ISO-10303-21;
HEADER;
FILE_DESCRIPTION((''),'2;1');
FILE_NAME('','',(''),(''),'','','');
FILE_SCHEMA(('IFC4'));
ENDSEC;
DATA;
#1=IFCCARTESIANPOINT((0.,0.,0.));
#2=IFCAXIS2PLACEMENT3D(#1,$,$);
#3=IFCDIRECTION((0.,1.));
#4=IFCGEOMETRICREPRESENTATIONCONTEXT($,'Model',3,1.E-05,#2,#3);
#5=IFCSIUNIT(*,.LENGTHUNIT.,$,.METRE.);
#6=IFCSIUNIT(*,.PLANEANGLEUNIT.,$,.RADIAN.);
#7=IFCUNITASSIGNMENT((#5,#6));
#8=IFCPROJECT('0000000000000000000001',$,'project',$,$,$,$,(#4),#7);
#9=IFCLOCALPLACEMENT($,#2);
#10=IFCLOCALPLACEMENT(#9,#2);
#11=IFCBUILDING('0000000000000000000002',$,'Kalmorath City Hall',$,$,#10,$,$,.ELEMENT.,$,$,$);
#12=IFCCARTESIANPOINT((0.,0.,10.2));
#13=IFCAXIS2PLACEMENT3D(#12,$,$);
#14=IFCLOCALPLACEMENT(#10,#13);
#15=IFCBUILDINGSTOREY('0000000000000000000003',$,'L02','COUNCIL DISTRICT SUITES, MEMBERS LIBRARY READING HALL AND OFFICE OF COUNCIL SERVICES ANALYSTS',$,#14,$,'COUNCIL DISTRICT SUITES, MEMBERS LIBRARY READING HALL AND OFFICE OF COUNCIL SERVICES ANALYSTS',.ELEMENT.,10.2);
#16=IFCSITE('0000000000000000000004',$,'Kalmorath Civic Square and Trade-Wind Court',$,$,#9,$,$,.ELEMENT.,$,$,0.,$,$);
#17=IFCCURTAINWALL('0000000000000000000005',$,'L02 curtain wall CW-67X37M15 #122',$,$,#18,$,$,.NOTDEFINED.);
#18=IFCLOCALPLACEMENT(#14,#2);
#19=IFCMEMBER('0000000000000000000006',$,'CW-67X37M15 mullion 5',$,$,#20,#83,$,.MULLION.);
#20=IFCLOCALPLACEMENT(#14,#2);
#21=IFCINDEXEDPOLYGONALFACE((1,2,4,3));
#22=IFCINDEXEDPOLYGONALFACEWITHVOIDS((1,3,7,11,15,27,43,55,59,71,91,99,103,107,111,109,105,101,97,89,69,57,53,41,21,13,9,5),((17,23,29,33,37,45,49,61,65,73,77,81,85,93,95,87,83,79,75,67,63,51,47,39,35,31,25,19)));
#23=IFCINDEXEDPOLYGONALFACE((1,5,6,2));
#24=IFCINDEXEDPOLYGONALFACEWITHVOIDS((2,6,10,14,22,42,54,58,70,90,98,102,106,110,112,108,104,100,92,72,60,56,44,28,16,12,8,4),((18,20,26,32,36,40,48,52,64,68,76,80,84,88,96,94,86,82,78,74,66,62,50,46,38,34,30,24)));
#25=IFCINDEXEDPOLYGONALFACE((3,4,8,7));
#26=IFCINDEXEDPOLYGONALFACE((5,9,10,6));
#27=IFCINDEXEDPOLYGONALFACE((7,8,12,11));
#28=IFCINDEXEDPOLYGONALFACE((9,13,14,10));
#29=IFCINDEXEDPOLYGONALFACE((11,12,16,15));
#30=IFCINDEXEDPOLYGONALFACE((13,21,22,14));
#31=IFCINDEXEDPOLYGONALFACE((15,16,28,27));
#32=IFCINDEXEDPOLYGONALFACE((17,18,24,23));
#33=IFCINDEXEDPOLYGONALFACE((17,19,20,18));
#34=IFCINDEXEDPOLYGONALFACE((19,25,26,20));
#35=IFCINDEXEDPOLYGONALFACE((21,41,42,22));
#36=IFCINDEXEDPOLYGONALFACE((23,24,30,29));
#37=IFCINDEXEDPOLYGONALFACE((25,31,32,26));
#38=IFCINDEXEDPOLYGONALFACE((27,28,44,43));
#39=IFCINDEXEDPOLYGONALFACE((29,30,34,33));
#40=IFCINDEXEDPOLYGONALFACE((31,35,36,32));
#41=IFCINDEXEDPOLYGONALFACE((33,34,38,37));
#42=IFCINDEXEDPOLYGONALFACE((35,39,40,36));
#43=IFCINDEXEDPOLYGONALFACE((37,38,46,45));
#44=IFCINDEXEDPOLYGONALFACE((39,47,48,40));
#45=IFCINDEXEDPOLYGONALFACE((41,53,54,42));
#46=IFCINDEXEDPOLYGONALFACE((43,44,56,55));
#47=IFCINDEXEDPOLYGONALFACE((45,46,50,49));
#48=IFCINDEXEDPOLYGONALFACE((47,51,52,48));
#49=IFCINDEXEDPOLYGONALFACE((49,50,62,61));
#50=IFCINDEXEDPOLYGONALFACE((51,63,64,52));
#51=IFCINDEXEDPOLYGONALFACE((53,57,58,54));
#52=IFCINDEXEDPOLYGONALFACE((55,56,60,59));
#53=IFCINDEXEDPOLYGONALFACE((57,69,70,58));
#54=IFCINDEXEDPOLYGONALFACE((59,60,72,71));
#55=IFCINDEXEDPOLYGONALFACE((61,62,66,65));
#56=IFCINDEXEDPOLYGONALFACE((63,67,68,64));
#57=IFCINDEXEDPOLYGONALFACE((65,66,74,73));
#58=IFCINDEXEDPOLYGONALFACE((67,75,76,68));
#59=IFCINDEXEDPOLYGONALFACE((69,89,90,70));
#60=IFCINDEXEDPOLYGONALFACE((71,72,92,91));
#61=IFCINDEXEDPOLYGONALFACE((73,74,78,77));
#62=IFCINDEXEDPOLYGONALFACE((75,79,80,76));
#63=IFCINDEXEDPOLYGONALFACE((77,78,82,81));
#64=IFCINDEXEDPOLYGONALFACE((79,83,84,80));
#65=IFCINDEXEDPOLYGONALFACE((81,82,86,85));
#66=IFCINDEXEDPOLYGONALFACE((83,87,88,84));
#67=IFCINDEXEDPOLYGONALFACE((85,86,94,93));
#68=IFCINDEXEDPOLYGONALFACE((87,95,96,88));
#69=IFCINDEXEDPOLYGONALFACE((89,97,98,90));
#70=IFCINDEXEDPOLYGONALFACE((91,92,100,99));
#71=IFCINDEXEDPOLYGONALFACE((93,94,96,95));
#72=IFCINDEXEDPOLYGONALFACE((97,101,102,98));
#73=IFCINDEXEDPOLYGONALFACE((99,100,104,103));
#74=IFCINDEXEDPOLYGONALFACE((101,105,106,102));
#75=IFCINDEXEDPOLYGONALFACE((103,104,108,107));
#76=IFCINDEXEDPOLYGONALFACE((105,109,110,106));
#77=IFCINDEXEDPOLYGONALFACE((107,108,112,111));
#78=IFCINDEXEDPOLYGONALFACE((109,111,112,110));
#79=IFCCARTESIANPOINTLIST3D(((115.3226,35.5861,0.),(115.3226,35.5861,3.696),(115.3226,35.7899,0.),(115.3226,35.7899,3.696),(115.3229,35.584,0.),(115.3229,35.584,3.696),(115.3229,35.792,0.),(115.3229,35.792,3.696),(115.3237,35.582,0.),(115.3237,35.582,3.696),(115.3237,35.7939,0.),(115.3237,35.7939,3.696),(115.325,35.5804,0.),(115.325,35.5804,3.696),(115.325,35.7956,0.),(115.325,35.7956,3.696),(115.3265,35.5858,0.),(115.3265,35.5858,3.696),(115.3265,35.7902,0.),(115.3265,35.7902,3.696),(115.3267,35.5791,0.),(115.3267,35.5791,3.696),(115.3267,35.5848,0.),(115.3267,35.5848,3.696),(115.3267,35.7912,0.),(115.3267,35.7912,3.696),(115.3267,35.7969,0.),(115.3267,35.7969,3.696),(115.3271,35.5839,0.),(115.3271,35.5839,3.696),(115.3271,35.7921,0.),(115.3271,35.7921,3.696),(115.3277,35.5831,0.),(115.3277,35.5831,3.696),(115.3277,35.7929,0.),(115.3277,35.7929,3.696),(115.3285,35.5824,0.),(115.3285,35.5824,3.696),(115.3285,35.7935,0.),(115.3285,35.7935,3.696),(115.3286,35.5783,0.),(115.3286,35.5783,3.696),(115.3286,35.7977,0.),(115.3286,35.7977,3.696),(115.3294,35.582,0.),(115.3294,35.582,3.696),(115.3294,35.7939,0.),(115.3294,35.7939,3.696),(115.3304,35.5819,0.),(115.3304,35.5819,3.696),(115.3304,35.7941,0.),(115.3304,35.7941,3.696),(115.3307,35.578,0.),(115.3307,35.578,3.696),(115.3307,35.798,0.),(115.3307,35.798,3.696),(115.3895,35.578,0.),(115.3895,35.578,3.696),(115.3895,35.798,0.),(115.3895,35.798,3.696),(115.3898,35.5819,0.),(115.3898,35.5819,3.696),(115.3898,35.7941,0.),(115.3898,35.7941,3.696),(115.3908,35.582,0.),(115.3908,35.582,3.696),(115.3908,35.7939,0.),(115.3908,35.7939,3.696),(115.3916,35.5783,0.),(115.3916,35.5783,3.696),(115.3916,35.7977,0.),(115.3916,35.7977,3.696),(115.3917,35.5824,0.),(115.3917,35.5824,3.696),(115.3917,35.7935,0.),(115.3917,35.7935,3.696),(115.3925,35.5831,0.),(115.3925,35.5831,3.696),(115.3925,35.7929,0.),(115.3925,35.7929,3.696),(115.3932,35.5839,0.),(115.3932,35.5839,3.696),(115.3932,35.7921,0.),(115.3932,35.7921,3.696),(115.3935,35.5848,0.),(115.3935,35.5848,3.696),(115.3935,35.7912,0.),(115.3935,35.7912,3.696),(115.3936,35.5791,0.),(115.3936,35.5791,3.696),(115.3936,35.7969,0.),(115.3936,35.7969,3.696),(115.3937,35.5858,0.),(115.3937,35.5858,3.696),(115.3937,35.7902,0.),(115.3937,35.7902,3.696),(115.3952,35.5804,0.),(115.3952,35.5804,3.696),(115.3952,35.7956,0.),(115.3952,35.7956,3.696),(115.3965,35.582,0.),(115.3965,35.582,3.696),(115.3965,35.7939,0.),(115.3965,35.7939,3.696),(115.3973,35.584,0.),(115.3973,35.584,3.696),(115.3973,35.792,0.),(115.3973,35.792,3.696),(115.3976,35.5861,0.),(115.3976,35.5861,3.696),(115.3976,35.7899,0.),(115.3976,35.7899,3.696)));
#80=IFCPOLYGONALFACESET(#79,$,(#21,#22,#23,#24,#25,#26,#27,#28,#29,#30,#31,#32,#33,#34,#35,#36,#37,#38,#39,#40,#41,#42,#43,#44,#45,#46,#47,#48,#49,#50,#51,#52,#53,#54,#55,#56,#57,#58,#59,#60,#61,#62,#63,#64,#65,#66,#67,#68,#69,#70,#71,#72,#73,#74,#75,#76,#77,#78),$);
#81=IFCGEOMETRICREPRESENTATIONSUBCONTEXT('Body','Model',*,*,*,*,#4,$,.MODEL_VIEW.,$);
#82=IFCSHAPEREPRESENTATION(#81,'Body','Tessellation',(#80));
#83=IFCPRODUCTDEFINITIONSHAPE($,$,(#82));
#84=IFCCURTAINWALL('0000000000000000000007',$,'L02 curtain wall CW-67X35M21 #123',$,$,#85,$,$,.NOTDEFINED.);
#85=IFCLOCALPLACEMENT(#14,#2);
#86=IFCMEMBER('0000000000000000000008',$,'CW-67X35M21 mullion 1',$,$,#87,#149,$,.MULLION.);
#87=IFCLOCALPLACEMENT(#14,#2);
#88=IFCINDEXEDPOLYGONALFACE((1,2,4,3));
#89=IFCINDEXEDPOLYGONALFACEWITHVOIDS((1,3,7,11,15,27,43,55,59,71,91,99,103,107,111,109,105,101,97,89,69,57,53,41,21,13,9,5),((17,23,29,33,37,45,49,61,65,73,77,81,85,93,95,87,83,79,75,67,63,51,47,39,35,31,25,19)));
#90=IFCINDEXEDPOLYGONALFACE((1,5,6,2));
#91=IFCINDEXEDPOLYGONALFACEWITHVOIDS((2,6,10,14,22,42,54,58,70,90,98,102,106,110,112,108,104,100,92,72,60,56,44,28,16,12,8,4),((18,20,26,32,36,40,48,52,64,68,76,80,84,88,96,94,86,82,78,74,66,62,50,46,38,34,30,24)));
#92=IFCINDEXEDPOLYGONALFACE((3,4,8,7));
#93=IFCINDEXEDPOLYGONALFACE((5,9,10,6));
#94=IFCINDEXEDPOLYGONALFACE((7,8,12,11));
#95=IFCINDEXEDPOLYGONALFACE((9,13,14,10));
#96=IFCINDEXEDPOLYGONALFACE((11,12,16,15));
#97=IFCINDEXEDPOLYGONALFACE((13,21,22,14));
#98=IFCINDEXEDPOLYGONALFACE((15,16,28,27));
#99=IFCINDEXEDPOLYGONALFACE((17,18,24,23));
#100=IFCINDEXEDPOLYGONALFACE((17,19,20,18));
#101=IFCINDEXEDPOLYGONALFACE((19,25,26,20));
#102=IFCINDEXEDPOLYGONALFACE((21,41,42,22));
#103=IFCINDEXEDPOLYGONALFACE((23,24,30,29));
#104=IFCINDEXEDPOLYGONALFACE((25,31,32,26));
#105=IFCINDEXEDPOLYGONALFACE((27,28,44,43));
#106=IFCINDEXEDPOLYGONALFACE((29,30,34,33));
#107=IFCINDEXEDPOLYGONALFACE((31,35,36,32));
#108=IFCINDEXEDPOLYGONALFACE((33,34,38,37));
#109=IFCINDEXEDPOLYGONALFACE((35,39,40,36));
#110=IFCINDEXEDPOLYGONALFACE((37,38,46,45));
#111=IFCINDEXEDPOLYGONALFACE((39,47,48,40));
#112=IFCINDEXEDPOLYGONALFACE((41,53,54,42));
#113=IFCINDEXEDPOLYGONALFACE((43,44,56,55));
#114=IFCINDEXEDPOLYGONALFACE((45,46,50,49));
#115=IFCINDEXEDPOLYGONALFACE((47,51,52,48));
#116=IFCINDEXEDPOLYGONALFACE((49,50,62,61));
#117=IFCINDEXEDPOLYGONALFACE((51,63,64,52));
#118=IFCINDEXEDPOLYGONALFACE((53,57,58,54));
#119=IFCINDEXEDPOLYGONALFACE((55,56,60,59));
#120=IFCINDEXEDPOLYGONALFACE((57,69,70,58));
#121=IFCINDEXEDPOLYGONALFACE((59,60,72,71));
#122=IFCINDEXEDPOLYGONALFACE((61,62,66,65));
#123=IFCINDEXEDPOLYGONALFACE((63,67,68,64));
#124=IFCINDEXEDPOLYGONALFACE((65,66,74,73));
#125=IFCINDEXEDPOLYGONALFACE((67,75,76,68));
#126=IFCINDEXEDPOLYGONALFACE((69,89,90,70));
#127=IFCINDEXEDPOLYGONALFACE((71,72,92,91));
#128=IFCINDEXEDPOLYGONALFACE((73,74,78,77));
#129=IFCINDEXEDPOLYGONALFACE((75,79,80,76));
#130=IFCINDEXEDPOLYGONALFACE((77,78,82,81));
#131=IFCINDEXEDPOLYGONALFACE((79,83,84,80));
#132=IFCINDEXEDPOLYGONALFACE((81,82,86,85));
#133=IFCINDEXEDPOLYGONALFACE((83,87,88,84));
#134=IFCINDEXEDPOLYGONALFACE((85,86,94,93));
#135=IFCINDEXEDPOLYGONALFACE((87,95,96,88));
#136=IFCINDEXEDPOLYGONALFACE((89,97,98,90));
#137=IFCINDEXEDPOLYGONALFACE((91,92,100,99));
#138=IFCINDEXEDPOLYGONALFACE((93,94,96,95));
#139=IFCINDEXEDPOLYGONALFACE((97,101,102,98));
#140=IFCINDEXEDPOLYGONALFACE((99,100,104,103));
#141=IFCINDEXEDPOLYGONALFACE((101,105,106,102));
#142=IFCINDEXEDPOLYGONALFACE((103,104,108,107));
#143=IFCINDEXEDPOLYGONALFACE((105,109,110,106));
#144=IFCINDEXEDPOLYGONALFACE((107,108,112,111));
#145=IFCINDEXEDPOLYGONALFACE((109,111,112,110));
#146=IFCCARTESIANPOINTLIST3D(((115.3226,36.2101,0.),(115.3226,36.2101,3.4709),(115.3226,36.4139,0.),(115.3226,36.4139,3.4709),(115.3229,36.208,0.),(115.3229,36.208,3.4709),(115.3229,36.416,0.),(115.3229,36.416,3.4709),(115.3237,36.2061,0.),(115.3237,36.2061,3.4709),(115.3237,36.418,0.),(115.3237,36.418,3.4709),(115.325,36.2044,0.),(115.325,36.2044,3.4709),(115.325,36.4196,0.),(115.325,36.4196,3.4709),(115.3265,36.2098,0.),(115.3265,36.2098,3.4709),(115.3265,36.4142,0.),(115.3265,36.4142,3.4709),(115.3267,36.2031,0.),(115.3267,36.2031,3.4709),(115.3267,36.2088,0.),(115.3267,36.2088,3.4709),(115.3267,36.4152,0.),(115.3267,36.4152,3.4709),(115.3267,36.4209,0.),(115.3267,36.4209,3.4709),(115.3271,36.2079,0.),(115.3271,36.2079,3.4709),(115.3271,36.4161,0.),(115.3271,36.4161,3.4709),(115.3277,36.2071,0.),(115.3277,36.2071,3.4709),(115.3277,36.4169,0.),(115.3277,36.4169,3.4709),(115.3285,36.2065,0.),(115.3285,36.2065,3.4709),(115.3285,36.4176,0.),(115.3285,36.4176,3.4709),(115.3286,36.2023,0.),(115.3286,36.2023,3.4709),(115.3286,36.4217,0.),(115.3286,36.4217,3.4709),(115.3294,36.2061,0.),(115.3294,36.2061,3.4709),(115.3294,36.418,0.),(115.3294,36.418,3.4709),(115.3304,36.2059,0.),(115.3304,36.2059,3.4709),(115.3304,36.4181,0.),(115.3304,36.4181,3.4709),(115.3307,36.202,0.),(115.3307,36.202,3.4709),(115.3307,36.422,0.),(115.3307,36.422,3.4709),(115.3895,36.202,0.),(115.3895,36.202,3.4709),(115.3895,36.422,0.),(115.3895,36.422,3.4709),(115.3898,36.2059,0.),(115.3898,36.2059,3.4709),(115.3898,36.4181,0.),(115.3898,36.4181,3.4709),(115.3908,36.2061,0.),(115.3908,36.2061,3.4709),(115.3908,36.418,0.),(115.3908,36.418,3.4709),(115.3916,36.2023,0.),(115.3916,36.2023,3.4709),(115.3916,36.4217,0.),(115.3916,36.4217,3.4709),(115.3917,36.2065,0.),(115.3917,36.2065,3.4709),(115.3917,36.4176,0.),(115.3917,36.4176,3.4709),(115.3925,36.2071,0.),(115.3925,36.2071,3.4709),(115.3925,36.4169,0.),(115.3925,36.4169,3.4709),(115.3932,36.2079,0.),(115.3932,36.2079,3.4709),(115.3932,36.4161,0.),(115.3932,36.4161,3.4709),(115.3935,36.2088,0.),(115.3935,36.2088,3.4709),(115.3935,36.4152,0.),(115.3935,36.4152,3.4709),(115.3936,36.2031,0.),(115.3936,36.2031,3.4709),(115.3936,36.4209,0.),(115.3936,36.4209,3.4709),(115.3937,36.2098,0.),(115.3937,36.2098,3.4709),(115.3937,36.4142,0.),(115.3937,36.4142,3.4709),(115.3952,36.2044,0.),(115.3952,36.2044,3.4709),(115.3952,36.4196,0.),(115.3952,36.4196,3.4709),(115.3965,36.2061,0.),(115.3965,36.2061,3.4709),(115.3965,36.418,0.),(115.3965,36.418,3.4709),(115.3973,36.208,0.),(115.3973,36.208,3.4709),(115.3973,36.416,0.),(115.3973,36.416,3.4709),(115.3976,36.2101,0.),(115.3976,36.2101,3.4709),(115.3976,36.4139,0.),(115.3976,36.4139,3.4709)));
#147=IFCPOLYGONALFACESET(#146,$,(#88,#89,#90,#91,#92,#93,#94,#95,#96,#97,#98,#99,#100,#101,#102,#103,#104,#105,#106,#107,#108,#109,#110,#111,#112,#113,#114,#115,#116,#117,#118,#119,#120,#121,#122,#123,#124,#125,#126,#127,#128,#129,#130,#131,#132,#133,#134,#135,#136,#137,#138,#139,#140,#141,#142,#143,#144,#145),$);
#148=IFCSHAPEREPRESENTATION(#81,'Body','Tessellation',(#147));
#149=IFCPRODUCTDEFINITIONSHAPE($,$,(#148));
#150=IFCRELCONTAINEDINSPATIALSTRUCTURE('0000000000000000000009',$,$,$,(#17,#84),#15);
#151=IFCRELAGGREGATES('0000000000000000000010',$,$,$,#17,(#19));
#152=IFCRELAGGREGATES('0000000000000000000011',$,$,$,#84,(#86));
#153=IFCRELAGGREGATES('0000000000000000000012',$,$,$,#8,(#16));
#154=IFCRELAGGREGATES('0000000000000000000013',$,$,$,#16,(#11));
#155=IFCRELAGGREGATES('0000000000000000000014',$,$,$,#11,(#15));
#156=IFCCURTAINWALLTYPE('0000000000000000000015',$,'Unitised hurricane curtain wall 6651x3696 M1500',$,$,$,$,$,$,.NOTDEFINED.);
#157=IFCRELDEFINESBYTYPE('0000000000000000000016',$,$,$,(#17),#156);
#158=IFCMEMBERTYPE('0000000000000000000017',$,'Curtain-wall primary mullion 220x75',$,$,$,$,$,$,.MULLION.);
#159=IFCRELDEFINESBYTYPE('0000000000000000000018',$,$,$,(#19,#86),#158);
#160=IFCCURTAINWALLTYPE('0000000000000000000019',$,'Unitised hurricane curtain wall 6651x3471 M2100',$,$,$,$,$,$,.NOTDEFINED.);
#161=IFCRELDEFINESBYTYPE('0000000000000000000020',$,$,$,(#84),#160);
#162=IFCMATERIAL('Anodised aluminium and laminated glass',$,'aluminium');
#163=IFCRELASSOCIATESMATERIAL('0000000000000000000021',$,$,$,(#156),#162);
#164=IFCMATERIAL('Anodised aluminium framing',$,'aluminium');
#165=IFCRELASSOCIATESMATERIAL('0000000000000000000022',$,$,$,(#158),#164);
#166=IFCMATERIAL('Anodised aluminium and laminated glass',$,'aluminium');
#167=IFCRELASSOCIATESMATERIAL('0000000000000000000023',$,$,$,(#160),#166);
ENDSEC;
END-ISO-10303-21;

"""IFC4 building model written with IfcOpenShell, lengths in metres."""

from ifc_helpers import new_model, si_unit, direction, frame, origin, origin_2d, place, context, subcontext, project, spatial, hollow_rectangle, extrude, material, material_profile, profile_set, type_object, element, aggregate, save


model = new_model("IFC4")

# Units and contexts
model_context = context("Model", 3, precision=1e-05, world=origin(), true_north=direction((0.0, 1.0)))
body_context = subcontext(model_context, "Body", "Model", "MODEL_VIEW")
ifc_project = project(units=[si_unit("LENGTHUNIT", "METRE"), si_unit("PLANEANGLEUNIT", "RADIAN")], contexts=[model_context])

# Site, building, storey
site_placement = place(None, origin())
site = spatial("IfcSite", under=ifc_project, at=site_placement, Name="Kalmorath Civic Square and Trade-Wind Court", CompositionType="ELEMENT", RefElevation=0.0)
building_placement = place(site_placement, origin())
building = spatial("IfcBuilding", under=site, at=building_placement, Name="Kalmorath City Hall", CompositionType="ELEMENT")
storey_placement = place(building_placement, frame((0.0, 0.0, 10.2)))
storey = spatial("IfcBuildingStorey", under=building, at=storey_placement, Name="L02", Description="COUNCIL DISTRICT SUITES, MEMBERS LIBRARY READING HALL AND OFFICE OF COUNCIL SERVICES ANALYSTS", LongName="COUNCIL DISTRICT SUITES, MEMBERS LIBRARY READING HALL AND OFFICE OF COUNCIL SERVICES ANALYSTS", CompositionType="ELEMENT", Elevation=10.2)

# Curtain wall, member
ifc_material_1 = material(Name="Anodised aluminium and laminated glass", Category="aluminium")
curtain_wall_type_1 = type_object("IfcCurtainWallType", Name="Unitised hurricane curtain wall 6651x3696 M1500", PredefinedType="NOTDEFINED", material=ifc_material_1)
curtain_wall_1_placement = place(storey_placement, origin())
curtain_wall_1 = element("IfcCurtainWall", 1, at=curtain_wall_1_placement, inside=storey, type_object=curtain_wall_type_1, Name="L02 curtain wall CW-67X37M15 #122", PredefinedType="NOTDEFINED")
ifc_material_2 = material(Name="Anodised aluminium framing", Category="aluminium")
ifc_material_profile_1 = material_profile(ifc_material_2, hollow_rectangle(XDim=0.075, YDim=0.22, WallThickness=0.0039, InnerFilletRadius=0.0039, OuterFilletRadius=0.0081, at=origin_2d()), Name="ALU-MUL-220X75X4")
ifc_profile_set_1 = profile_set([ifc_material_profile_1], Name="Anodised aluminium framing")
member_type_1 = type_object("IfcMemberType", Name="Curtain-wall primary mullion 220x75", PredefinedType="MULLION", material=ifc_profile_set_1)
member_1_placement = place(storey_placement, frame((115.3601, 35.688, 0.0), z_axis=(0.0, 0.0, 1.0), x_axis=(-1.0, 0.0, 0.0)))
member_1 = element("IfcMember", 2, at=member_1_placement, type_object=member_type_1, Name="CW-67X37M15 mullion 5", PredefinedType="MULLION", context=body_context, shape_type="SweptSolid", body=[
    extrude(hollow_rectangle(XDim=0.075, YDim=0.22, WallThickness=0.0039, InnerFilletRadius=0.0039, OuterFilletRadius=0.0081, at=origin_2d()), origin(), (0.0, 0.0, 1.0), 3.696),
])
aggregate(curtain_wall_1, [member_1])

# Curtain wall, member
ifc_material_3 = material(Name="Anodised aluminium and laminated glass", Category="aluminium")
curtain_wall_type_2 = type_object("IfcCurtainWallType", Name="Unitised hurricane curtain wall 6651x3471 M2100", PredefinedType="NOTDEFINED", material=ifc_material_3)
curtain_wall_2_placement = place(storey_placement, origin())
curtain_wall_2 = element("IfcCurtainWall", 3, at=curtain_wall_2_placement, inside=storey, type_object=curtain_wall_type_2, Name="L02 curtain wall CW-67X35M21 #123", PredefinedType="NOTDEFINED")
member_2_placement = place(storey_placement, frame((115.3601, 36.312, 0.0), z_axis=(0.0, 0.0, 1.0), x_axis=(-1.0, 0.0, 0.0)))
member_2 = element("IfcMember", 4, at=member_2_placement, type_object=member_type_1, Name="CW-67X35M21 mullion 1", PredefinedType="MULLION", context=body_context, shape_type="SweptSolid", body=[
    extrude(hollow_rectangle(XDim=0.075, YDim=0.22, WallThickness=0.0039, InnerFilletRadius=0.0039, OuterFilletRadius=0.0081, at=origin_2d()), origin(), (0.0, 0.0, 1.0), 3.4709),
])
aggregate(curtain_wall_2, [member_2])

save(model, "model.ifc")
